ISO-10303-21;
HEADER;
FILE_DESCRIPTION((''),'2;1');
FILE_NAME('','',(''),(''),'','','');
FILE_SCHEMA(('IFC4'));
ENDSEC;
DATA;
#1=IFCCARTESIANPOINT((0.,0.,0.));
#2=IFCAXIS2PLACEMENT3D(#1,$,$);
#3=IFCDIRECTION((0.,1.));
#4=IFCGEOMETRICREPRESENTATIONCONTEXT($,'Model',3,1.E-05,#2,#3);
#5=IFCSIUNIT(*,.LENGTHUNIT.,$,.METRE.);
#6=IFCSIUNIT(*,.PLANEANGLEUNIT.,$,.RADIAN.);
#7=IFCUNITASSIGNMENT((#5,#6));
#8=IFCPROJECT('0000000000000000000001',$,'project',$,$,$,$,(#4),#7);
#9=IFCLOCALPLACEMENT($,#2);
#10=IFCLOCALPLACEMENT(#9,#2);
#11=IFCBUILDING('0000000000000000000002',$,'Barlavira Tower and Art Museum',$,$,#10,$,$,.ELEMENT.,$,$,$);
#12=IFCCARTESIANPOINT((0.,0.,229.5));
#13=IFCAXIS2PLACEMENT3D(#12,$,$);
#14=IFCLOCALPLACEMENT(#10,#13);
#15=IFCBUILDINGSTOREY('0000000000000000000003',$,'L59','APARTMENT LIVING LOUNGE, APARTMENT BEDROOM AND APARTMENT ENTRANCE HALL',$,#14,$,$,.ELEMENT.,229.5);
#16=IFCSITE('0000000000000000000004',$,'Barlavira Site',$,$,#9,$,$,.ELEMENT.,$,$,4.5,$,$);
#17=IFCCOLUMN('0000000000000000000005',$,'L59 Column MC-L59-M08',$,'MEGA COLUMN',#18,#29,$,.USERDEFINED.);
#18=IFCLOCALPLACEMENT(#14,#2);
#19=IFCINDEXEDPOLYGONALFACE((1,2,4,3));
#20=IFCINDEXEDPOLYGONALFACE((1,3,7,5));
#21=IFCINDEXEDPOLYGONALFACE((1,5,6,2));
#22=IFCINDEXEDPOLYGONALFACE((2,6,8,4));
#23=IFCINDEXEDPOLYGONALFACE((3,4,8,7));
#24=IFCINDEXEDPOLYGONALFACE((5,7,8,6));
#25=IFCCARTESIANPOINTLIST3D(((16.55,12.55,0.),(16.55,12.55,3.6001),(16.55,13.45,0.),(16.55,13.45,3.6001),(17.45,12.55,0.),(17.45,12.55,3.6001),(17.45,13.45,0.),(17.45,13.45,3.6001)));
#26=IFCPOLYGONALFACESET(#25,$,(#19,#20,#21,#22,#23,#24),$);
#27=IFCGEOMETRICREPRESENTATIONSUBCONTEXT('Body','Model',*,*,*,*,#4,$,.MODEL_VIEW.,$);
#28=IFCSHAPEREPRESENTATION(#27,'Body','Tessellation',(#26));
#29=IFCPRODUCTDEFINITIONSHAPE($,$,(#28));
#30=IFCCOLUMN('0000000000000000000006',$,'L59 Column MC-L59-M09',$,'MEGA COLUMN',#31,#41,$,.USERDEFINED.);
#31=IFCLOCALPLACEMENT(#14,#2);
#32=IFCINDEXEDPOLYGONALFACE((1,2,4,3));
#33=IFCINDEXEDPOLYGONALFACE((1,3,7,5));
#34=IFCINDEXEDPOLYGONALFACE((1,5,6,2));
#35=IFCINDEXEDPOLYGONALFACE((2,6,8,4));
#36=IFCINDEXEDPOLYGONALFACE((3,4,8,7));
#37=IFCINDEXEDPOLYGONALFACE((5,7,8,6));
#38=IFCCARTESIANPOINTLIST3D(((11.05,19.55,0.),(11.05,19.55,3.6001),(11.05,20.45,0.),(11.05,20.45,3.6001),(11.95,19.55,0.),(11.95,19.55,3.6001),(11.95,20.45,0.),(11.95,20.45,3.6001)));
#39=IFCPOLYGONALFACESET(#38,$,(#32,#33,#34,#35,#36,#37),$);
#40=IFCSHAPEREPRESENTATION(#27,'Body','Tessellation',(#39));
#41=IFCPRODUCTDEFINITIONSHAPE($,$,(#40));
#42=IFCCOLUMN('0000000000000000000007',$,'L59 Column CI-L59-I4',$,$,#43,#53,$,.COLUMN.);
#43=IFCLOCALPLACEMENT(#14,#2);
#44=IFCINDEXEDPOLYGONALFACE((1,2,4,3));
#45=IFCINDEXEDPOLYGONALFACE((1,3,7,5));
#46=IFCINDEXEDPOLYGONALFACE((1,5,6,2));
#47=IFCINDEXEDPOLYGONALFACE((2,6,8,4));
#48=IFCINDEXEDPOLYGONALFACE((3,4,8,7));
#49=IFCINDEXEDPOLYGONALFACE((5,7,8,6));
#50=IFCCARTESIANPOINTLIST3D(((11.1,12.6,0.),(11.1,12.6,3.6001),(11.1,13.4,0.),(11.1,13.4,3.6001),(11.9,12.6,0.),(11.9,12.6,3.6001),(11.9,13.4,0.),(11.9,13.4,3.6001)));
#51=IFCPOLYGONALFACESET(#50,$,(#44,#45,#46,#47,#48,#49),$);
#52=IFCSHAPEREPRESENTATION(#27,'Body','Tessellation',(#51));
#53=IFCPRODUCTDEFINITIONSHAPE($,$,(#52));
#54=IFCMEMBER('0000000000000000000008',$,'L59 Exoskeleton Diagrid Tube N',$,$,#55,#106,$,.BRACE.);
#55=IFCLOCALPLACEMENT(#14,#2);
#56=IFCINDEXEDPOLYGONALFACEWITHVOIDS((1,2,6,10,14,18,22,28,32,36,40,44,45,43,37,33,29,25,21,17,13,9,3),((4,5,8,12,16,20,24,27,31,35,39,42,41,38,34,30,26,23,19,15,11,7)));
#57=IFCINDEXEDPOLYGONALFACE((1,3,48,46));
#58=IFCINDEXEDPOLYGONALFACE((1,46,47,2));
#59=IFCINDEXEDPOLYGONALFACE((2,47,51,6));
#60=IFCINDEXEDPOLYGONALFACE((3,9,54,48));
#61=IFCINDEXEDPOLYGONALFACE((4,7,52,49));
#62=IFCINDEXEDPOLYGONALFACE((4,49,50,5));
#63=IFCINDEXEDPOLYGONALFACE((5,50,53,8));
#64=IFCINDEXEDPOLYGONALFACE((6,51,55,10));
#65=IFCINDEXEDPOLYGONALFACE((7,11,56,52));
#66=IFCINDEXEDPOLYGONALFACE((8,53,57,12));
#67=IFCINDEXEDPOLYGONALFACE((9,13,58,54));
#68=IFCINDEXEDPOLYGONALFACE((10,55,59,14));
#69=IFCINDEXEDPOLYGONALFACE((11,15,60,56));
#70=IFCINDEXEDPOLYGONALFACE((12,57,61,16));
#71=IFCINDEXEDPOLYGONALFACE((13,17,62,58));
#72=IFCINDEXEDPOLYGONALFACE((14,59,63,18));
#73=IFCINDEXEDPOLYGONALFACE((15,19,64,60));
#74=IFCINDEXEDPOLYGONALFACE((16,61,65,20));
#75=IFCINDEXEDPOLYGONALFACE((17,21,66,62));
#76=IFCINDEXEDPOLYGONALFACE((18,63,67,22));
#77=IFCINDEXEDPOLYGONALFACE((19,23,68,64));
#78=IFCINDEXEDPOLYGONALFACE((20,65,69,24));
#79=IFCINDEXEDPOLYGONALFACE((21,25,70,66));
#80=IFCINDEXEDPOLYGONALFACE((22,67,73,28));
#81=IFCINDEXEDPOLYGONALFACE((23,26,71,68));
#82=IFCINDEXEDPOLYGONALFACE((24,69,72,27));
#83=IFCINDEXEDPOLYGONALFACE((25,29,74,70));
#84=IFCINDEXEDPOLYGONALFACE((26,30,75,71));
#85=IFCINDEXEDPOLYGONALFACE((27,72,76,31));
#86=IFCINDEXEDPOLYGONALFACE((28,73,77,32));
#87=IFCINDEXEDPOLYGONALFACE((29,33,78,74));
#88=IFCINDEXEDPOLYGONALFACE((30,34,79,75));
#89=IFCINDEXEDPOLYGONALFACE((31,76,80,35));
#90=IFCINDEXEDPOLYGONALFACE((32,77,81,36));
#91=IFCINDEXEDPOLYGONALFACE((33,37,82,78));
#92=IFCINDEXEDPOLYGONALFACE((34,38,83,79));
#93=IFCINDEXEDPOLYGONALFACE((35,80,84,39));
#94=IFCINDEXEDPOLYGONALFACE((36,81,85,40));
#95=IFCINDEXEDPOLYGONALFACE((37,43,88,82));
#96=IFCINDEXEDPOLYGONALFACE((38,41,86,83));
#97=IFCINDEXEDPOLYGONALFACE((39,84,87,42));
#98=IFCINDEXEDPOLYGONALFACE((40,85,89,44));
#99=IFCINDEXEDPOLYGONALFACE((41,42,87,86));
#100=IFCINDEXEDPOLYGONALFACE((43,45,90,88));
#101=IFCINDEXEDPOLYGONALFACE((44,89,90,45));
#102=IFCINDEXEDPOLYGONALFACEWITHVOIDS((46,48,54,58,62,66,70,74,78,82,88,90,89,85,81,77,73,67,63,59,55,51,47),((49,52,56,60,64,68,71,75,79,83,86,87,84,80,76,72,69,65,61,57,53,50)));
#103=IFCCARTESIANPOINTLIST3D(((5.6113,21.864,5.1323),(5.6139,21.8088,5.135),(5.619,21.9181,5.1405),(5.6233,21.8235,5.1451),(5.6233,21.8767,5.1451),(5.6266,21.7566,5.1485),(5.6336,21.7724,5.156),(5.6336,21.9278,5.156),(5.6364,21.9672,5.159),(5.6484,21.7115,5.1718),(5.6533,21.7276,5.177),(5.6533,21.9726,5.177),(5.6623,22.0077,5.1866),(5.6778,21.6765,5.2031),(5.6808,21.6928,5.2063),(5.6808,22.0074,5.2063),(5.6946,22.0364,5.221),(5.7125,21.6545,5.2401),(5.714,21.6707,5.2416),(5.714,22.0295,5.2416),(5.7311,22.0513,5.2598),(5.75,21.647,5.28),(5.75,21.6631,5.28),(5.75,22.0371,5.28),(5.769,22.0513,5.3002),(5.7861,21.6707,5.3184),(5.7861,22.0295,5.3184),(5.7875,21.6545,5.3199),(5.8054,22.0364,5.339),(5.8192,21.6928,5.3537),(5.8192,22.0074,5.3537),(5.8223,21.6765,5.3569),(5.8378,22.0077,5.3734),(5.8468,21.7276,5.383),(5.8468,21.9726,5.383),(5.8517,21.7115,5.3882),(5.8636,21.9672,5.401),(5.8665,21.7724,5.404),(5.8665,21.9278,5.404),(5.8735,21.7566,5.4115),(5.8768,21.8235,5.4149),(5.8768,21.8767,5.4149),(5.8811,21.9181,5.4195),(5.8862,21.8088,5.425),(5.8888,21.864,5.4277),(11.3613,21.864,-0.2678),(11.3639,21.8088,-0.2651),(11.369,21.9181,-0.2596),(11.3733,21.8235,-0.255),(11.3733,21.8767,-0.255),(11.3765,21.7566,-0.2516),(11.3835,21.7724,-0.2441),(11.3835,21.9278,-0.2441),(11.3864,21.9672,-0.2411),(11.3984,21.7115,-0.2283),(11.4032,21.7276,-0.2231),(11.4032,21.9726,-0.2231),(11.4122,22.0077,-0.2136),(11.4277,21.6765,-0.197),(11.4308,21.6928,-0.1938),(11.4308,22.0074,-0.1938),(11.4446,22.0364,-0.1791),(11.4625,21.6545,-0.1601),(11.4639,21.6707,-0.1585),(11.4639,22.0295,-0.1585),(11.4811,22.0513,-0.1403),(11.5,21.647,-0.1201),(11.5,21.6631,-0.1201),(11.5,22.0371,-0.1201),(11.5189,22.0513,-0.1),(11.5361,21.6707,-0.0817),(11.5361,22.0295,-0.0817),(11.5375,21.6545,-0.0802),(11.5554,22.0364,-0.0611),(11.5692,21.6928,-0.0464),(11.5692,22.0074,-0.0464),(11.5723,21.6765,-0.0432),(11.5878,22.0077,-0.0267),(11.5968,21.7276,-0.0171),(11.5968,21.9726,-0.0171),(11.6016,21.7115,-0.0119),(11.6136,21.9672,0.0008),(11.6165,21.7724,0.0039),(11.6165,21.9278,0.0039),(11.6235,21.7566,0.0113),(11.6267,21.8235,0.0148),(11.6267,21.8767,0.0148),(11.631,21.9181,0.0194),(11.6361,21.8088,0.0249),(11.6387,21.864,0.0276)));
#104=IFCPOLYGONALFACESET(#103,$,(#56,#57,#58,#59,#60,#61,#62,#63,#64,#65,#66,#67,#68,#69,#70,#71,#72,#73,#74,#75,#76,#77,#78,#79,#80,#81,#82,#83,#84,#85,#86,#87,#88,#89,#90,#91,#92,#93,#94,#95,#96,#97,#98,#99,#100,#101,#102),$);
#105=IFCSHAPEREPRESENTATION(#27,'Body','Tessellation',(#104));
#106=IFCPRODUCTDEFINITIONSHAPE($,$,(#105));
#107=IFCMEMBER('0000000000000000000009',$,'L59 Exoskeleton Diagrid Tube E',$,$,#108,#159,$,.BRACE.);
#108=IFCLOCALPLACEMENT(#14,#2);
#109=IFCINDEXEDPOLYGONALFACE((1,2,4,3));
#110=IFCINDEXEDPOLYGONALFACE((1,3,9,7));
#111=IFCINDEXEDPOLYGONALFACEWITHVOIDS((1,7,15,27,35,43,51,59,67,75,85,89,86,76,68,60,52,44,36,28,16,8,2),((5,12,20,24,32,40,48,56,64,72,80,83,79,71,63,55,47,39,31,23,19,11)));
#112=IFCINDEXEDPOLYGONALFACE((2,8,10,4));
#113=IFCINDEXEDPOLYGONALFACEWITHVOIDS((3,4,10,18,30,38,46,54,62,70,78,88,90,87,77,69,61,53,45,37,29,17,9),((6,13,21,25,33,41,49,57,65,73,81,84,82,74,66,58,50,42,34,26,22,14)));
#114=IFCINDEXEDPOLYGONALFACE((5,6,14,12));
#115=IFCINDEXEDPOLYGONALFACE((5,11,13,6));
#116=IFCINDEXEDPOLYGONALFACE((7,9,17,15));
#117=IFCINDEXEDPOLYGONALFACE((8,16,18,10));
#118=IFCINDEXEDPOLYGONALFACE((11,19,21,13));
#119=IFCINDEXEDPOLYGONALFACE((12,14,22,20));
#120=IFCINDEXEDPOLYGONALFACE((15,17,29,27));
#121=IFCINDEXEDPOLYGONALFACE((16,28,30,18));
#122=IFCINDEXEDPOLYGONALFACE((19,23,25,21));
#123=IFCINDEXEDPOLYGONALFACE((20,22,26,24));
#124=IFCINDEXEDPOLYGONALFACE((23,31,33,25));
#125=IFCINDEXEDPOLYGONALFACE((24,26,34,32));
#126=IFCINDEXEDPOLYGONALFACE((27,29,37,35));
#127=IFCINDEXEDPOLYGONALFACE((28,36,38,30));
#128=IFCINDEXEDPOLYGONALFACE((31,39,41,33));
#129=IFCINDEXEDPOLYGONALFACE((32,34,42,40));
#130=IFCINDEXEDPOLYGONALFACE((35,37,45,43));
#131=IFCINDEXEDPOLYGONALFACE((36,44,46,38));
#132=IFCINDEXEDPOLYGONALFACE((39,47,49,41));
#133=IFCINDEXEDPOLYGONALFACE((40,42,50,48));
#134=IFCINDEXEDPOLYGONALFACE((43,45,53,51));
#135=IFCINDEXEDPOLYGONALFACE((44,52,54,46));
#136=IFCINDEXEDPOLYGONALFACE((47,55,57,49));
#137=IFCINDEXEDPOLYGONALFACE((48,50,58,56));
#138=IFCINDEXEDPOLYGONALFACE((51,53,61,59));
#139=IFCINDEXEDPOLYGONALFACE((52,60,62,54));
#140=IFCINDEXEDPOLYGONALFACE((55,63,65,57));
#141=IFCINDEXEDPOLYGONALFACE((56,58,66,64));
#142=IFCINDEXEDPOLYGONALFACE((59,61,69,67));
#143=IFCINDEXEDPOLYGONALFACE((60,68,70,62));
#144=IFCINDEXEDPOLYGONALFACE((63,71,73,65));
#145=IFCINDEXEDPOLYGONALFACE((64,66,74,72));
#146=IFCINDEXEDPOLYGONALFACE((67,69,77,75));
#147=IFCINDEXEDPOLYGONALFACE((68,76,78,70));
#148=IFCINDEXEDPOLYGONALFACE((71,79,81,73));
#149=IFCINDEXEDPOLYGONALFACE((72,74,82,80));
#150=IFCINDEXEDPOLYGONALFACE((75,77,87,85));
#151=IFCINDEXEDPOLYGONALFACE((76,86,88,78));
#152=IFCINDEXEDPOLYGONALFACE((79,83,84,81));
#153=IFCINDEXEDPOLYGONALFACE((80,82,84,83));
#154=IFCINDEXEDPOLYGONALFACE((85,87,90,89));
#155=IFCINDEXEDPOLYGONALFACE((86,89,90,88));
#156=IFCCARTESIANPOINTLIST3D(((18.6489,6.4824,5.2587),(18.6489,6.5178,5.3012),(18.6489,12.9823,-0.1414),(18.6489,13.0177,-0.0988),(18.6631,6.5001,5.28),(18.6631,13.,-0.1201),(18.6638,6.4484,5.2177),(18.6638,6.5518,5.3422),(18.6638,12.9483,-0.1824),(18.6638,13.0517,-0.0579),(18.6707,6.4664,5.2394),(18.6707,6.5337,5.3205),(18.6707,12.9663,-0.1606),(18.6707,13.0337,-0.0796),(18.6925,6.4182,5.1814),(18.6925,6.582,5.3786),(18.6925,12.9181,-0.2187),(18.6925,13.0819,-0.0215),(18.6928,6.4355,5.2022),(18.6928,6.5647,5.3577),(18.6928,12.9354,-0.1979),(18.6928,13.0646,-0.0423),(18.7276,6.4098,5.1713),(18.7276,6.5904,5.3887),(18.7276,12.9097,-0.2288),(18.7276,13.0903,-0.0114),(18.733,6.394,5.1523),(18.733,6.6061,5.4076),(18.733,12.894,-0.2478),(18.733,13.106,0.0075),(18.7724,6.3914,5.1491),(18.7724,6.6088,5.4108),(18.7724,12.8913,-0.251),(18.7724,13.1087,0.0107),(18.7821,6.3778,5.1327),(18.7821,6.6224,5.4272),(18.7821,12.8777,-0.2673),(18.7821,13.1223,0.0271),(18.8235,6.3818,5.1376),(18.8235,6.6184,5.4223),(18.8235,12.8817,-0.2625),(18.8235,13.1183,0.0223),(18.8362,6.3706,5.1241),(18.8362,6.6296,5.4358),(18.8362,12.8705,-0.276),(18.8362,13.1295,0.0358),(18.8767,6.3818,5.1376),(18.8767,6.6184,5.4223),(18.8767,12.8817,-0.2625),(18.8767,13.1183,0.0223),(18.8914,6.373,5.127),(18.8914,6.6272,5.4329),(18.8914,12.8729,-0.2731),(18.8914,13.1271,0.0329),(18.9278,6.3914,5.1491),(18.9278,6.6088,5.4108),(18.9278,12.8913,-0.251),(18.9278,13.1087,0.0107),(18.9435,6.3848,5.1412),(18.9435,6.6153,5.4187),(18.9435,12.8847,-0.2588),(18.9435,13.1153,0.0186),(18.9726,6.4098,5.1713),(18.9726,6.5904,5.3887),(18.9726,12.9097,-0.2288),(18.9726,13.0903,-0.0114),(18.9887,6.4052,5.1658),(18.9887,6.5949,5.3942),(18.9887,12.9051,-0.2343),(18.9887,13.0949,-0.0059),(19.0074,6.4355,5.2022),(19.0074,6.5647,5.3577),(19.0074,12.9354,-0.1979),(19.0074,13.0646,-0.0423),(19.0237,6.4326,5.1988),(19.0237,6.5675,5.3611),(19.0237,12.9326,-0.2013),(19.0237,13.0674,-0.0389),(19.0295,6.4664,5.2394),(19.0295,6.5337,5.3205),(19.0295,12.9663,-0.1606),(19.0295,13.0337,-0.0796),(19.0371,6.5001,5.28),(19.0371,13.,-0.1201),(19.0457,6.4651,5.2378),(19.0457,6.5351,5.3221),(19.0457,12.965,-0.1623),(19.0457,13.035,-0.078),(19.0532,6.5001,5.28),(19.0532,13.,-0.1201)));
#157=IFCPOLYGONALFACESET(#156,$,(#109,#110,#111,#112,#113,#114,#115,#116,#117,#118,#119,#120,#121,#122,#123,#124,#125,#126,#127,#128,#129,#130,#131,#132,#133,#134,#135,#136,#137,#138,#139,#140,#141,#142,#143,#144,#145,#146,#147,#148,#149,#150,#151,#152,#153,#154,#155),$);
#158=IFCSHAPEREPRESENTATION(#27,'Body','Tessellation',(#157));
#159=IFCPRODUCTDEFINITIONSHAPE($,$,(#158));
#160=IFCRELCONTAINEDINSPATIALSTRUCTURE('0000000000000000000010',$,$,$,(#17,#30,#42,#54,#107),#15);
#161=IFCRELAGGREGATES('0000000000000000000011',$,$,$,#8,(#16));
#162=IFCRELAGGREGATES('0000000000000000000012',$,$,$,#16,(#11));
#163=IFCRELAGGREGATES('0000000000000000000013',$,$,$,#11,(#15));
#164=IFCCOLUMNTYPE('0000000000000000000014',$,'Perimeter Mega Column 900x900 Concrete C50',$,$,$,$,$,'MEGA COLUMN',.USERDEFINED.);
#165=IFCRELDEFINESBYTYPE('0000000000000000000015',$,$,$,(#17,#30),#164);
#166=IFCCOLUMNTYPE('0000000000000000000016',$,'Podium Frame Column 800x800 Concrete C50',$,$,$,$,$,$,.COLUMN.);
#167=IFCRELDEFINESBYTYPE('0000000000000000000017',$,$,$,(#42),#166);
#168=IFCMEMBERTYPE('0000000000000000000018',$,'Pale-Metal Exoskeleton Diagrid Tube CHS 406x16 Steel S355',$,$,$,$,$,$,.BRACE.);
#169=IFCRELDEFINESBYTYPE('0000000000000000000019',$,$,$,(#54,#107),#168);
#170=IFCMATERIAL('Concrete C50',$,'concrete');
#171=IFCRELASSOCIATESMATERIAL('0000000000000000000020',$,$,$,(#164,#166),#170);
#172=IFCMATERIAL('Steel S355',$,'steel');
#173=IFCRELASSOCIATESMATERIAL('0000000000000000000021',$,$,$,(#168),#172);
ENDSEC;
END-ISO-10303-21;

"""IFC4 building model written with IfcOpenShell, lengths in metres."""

from ifc_helpers import new_model, si_unit, direction, frame, origin, origin_2d, place, context, subcontext, project, spatial, rectangle, hollow_circle, extrude, material, material_profile, profile_set, type_object, element, save


model = new_model("IFC4")

# Units and contexts
model_context = context("Model", 3, precision=1e-05, world=origin(), true_north=direction((0.0, 1.0)))
body_context = subcontext(model_context, "Body", "Model", "MODEL_VIEW")
ifc_project = project(units=[si_unit("LENGTHUNIT", "METRE"), si_unit("PLANEANGLEUNIT", "RADIAN")], contexts=[model_context])

# Site, building, storey
site_placement = place(None, origin())
site = spatial("IfcSite", under=ifc_project, at=site_placement, Name="Barlavira Site", CompositionType="ELEMENT", RefElevation=4.5)
building_placement = place(site_placement, origin())
building = spatial("IfcBuilding", under=site, at=building_placement, Name="Barlavira Tower and Art Museum", CompositionType="ELEMENT")
storey_placement = place(building_placement, frame((0.0, 0.0, 229.5)))
storey = spatial("IfcBuildingStorey", under=building, at=storey_placement, Name="L59", Description="APARTMENT LIVING LOUNGE, APARTMENT BEDROOM AND APARTMENT ENTRANCE HALL", CompositionType="ELEMENT", Elevation=229.5)

# Columns
ifc_material_1 = material(Name="Concrete C50", Category="concrete")
ifc_material_profile_1 = material_profile(ifc_material_1, rectangle(XDim=0.8999, YDim=0.8999, at=origin_2d()), Name="RC-COL 900x900")
ifc_profile_set_1 = profile_set([ifc_material_profile_1], Name="Concrete C50")
column_type_1 = type_object("IfcColumnType", Name="Perimeter Mega Column 900x900 Concrete C50", ElementType="MEGA COLUMN", PredefinedType="USERDEFINED", material=ifc_profile_set_1)
for number, where, z_axis, x_axis, name in (
    (1, (17.0, 13.0, 0.0), (0.0, 0.0, 1.0), (1.0, 0.0, 0.0), "L59 Column MC-L59-M08"),
    (2, (11.5, 20.0, 0.0), (0.0, 0.0, 1.0), (1.0, 0.0, 0.0), "L59 Column MC-L59-M09"),
):
    element("IfcColumn", number, at=place(storey_placement, frame(where, z_axis=z_axis, x_axis=x_axis)), inside=storey, type_object=column_type_1, Name=name, ObjectType="MEGA COLUMN", PredefinedType="USERDEFINED", context=body_context, shape_type="SweptSolid", body=[
        extrude(rectangle(XDim=0.8999, YDim=0.8999, at=origin_2d()), origin(), (0.0, 0.0, 1.0), 3.6001),
    ])
ifc_material_profile_2 = material_profile(ifc_material_1, rectangle(XDim=0.8, YDim=0.8, at=origin_2d()), Name="RC-COL 800x800")
ifc_profile_set_2 = profile_set([ifc_material_profile_2], Name="Concrete C50")
column_type_2 = type_object("IfcColumnType", Name="Podium Frame Column 800x800 Concrete C50", PredefinedType="COLUMN", material=ifc_profile_set_2)
column_placement = place(storey_placement, frame((11.5, 13.0, 0.0), z_axis=(0.0, 0.0, 1.0), x_axis=(1.0, 0.0, 0.0)))
element("IfcColumn", 3, at=column_placement, inside=storey, type_object=column_type_2, Name="L59 Column CI-L59-I4", PredefinedType="COLUMN", context=body_context, shape_type="SweptSolid", body=[
    extrude(rectangle(XDim=0.8, YDim=0.8, at=origin_2d()), origin(), (0.0, 0.0, 1.0), 3.6001),
])

# Members
ifc_material_2 = material(Name="Steel S355", Category="steel")
ifc_material_profile_3 = material_profile(ifc_material_2, hollow_circle(Radius=0.2031, WallThickness=0.0161, at=origin_2d()), Name="CHS 406.4x16.0")
ifc_profile_set_3 = profile_set([ifc_material_profile_3], Name="Steel S355")
member_type_1 = type_object("IfcMemberType", Name="Pale-Metal Exoskeleton Diagrid Tube CHS 406x16 Steel S355", PredefinedType="BRACE", material=ifc_profile_set_3)
member_1_placement = place(storey_placement, frame((11.5, 21.8501, -0.1201), z_axis=(-0.728935, 0.0, 0.684583), x_axis=(0.0, -1.0, 0.0)))
element("IfcMember", 4, at=member_1_placement, inside=storey, type_object=member_type_1, Name="L59 Exoskeleton Diagrid Tube N", PredefinedType="BRACE", context=body_context, shape_type="SweptSolid", body=[
    extrude(hollow_circle(Radius=0.2031, WallThickness=0.0161, at=origin_2d()), origin(), (0.0, 0.0, 1.0), 7.8882),
])
member_2_placement = place(storey_placement, frame((18.8501, 13.0, -0.1201), z_axis=(0.0, -0.769182, 0.63903), x_axis=(1.0, 0.0, 0.0)))
element("IfcMember", 5, at=member_2_placement, inside=storey, type_object=member_type_1, Name="L59 Exoskeleton Diagrid Tube E", PredefinedType="BRACE", context=body_context, shape_type="SweptSolid", body=[
    extrude(hollow_circle(Radius=0.2031, WallThickness=0.0161, at=origin_2d()), origin(), (0.0, 0.0, 1.0), 8.4504),
])

save(model, "model.ifc")
